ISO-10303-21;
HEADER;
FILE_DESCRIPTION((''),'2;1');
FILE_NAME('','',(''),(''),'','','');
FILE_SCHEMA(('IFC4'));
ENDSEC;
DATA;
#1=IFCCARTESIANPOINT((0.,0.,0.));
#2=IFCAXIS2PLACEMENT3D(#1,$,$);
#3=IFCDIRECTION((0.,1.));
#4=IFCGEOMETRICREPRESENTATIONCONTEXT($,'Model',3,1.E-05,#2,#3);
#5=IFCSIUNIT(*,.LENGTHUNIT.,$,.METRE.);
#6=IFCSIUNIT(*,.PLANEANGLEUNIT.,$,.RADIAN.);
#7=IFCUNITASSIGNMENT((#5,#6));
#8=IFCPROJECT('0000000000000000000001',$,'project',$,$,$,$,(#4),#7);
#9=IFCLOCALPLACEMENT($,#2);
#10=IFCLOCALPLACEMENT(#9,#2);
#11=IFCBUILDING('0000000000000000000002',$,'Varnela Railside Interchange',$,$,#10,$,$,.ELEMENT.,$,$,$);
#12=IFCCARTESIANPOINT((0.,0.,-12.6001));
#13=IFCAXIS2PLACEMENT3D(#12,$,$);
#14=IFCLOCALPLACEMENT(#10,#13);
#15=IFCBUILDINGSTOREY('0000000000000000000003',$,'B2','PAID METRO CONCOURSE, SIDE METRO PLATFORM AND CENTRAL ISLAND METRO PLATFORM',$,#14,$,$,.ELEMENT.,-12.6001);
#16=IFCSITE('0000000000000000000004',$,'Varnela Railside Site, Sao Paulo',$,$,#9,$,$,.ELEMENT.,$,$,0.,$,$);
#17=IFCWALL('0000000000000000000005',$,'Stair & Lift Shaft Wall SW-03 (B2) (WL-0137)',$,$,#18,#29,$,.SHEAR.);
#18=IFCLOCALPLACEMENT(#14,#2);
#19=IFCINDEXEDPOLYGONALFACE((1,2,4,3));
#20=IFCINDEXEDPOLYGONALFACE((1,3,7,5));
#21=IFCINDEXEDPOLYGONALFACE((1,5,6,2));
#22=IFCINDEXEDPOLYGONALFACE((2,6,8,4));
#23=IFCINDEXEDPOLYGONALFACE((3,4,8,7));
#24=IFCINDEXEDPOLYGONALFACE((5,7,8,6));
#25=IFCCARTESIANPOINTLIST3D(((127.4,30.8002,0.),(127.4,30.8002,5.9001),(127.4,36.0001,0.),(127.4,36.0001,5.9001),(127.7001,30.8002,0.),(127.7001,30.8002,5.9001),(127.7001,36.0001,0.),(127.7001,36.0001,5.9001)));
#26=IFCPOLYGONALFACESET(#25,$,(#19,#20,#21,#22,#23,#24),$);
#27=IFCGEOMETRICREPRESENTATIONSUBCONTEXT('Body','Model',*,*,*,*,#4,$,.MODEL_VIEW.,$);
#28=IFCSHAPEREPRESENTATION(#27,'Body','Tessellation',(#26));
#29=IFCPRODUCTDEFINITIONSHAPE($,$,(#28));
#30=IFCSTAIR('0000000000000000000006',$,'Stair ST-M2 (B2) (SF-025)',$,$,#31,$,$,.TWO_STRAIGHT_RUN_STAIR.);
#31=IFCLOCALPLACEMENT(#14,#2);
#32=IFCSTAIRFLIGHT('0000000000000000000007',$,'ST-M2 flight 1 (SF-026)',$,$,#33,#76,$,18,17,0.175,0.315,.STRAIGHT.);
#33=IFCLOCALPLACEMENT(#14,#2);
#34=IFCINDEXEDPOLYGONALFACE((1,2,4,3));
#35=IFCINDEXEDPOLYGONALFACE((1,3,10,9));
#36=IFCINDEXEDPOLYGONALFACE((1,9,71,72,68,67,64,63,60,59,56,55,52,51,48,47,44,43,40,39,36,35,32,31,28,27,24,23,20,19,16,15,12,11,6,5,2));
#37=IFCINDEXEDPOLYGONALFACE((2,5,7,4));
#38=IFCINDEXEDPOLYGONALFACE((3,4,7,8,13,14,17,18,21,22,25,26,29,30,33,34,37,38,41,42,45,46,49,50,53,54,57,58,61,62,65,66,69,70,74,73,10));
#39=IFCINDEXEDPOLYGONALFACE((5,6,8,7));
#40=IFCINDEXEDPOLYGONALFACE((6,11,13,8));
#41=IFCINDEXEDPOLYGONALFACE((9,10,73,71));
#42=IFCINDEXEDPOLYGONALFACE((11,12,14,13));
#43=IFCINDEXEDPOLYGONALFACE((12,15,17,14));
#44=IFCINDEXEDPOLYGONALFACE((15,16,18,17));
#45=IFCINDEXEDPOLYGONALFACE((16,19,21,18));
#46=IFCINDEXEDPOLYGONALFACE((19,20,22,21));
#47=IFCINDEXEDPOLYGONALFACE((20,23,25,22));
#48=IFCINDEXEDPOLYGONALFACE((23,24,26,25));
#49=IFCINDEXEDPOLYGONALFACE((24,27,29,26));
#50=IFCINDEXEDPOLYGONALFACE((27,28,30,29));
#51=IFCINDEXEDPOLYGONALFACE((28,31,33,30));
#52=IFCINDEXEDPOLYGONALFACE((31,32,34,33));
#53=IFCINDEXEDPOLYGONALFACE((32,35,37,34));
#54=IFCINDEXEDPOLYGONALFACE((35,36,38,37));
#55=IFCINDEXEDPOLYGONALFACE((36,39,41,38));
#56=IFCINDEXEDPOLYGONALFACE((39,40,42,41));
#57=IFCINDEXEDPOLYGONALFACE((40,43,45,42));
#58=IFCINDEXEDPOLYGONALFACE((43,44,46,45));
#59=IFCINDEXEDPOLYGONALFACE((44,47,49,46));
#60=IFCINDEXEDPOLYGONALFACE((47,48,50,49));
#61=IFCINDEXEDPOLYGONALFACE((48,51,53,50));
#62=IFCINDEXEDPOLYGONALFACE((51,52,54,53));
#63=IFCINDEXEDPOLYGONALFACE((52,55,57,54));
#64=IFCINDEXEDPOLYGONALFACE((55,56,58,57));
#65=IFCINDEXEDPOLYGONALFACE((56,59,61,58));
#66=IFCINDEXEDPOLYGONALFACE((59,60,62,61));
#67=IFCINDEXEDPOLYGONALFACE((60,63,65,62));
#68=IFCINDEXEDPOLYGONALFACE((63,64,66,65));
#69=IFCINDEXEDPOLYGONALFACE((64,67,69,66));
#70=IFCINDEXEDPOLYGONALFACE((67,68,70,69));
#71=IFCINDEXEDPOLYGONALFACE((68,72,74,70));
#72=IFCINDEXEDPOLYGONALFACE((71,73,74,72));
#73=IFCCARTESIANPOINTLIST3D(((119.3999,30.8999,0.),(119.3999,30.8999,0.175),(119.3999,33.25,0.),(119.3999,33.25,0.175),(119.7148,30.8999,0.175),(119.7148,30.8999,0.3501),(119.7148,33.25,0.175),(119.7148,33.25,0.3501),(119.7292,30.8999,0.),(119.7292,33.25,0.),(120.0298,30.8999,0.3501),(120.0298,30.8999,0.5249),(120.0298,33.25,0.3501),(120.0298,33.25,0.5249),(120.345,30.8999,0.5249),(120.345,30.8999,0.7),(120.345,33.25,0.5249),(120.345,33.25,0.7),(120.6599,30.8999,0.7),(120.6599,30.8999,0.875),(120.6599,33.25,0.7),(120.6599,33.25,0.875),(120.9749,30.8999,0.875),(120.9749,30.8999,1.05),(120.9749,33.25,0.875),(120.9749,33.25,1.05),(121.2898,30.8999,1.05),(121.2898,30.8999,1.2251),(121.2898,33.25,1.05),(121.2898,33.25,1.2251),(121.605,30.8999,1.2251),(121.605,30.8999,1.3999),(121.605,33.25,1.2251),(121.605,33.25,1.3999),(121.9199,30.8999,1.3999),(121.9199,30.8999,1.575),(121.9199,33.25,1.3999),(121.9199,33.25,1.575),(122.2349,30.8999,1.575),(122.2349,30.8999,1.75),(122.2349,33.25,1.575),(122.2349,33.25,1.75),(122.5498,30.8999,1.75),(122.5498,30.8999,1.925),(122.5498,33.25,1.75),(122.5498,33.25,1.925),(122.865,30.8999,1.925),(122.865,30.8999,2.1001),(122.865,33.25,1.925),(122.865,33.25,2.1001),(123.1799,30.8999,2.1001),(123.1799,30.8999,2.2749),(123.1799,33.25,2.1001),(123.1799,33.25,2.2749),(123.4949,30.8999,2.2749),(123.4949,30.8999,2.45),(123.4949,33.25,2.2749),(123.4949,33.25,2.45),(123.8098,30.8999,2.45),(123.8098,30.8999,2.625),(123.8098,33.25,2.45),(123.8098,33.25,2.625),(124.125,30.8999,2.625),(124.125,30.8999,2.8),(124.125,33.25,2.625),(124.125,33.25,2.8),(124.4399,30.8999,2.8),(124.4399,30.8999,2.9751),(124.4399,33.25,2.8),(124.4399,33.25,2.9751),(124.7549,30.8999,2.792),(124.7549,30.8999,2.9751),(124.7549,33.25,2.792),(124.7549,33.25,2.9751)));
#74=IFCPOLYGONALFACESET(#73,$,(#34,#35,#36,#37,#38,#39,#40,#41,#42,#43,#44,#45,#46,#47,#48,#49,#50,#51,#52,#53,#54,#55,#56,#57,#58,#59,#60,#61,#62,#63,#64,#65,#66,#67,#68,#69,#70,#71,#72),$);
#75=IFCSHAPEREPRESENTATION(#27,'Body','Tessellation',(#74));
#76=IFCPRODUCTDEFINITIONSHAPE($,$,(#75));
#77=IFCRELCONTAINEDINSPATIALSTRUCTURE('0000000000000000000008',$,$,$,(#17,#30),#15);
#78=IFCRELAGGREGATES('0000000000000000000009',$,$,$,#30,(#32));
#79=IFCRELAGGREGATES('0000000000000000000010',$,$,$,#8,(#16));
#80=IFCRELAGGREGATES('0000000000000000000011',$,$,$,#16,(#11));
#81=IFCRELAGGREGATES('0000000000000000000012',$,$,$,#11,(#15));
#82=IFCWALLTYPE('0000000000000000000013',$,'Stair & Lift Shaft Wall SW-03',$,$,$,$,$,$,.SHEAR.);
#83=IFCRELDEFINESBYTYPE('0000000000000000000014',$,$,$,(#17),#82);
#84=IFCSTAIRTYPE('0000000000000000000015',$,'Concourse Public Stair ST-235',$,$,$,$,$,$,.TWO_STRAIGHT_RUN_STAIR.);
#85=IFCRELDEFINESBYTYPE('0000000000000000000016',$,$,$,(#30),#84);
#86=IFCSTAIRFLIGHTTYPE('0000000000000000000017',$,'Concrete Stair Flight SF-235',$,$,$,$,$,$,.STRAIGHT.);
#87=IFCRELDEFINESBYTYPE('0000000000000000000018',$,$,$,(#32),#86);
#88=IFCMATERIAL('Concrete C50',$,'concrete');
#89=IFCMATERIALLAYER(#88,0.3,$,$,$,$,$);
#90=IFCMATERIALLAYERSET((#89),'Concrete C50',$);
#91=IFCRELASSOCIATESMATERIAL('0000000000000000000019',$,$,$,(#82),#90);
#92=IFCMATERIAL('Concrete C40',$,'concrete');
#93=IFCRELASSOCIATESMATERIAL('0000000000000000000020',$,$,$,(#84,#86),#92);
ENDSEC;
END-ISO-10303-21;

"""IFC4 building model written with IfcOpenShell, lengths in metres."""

from ifc_helpers import new_model, si_unit, direction, frame, frame_2d, origin, place, context, subcontext, project, spatial, polyline, rectangle, outline, extrude, material, layer, layer_set, type_object, element, aggregate, save


model = new_model("IFC4")

# Units and contexts
model_context = context("Model", 3, precision=1e-05, world=origin(), true_north=direction((0.0, 1.0)))
body_context = subcontext(model_context, "Body", "Model", "MODEL_VIEW")
ifc_project = project(units=[si_unit("LENGTHUNIT", "METRE"), si_unit("PLANEANGLEUNIT", "RADIAN")], contexts=[model_context])

# Site, building, storey
site_placement = place(None, origin())
site = spatial("IfcSite", under=ifc_project, at=site_placement, Name="Varnela Railside Site, Sao Paulo", CompositionType="ELEMENT", RefElevation=0.0)
building_placement = place(site_placement, origin())
building = spatial("IfcBuilding", under=site, at=building_placement, Name="Varnela Railside Interchange", CompositionType="ELEMENT")
storey_placement = place(building_placement, frame((0.0, 0.0, -12.6001)))
storey = spatial("IfcBuildingStorey", under=building, at=storey_placement, Name="B2", Description="PAID METRO CONCOURSE, SIDE METRO PLATFORM AND CENTRAL ISLAND METRO PLATFORM", CompositionType="ELEMENT", Elevation=-12.6001)

# Shared definitions
ifc_material_1 = material(Name="Concrete C40", Category="concrete")

# Shared definitions
ifc_material_2 = material(Name="Concrete C50", Category="concrete")

# Wall
ifc_layer = layer(ifc_material_2, 0.3)
ifc_layer_set = layer_set([ifc_layer], Name="Concrete C50")
wall_type = type_object("IfcWallType", Name="Stair & Lift Shaft Wall SW-03", PredefinedType="SHEAR", material=ifc_layer_set)
for number, where, z_axis, x_axis, name in (
    (1, (127.55, 30.8, 0.0), (0.0, 0.0, 1.0), (0.0, 1.0, 0.0), "Stair & Lift Shaft Wall SW-03 (B2) (WL-0137)"),
):
    element("IfcWall", number, at=place(storey_placement, frame(where, z_axis=z_axis, x_axis=x_axis)), inside=storey, type_object=wall_type, Name=name, PredefinedType="SHEAR", context=body_context, shape_type="SweptSolid", body=[
        extrude(rectangle(XDim=5.2, YDim=0.3, at=frame_2d((2.6001, 0.0))), origin(), (0.0, 0.0, 1.0), 5.9001),
    ])

# Stair, stair flight
stair_type = type_object("IfcStairType", Name="Concourse Public Stair ST-235", PredefinedType="TWO_STRAIGHT_RUN_STAIR", material=ifc_material_1)
stair_placement = place(storey_placement, origin())
stair = element("IfcStair", 2, at=stair_placement, inside=storey, type_object=stair_type, Name="Stair ST-M2 (B2) (SF-025)", PredefinedType="TWO_STRAIGHT_RUN_STAIR")
stair_flight_type = type_object("IfcStairFlightType", Name="Concrete Stair Flight SF-235", PredefinedType="STRAIGHT", material=ifc_material_1)
stair_flight_placement = place(storey_placement, frame((119.3999, 32.075, 0.0), z_axis=(0.0, 0.0, 1.0), x_axis=(1.0, 0.0, 0.0)))
stair_flight = element("IfcStairFlight", 3, at=stair_flight_placement, type_object=stair_flight_type, Name="ST-M2 flight 1 (SF-026)", NumberOfRisers=18, NumberOfTreads=17, PredefinedType="STRAIGHT", RiserHeight=0.175, TreadLength=0.315, context=body_context, shape_type="SweptSolid", body=[
    extrude(outline(polyline([(0.0, 0.0), (0.0, 0.175), (0.3149, 0.175), (0.3149, 0.3501), (0.6299, 0.3501), (0.6299, 0.5249), (0.9451, 0.5249), (0.9451, 0.7), (1.26, 0.7), (1.26, 0.875), (1.575, 0.875), (1.575, 1.05), (1.8899, 1.05), (1.8899, 1.2251), (2.2051, 1.2251), (2.2051, 1.3999), (2.52, 1.3999), (2.52, 1.575), (2.835, 1.575), (2.835, 1.75), (3.1499, 1.75), (3.1499, 1.925), (3.4651, 1.925), (3.4651, 2.1001), (3.78, 2.1001), (3.78, 2.2749), (4.095, 2.2749), (4.095, 2.45), (4.4099, 2.45), (4.4099, 2.625), (4.7251, 2.625), (4.7251, 2.8), (5.04, 2.8), (5.04, 2.9751), (5.355, 2.9751), (5.355, 3.1499), (5.355, 2.792), (0.3293, 0.0), (0.0, 0.0)])), frame((0.0, 1.175, 0.0), z_axis=(0.0, -1.0, 0.0), x_axis=(1.0, 0.0, 0.0)), (0.0, 0.0, 1.0), 2.3501),
])
aggregate(stair, [stair_flight])

save(model, "model.ifc")
